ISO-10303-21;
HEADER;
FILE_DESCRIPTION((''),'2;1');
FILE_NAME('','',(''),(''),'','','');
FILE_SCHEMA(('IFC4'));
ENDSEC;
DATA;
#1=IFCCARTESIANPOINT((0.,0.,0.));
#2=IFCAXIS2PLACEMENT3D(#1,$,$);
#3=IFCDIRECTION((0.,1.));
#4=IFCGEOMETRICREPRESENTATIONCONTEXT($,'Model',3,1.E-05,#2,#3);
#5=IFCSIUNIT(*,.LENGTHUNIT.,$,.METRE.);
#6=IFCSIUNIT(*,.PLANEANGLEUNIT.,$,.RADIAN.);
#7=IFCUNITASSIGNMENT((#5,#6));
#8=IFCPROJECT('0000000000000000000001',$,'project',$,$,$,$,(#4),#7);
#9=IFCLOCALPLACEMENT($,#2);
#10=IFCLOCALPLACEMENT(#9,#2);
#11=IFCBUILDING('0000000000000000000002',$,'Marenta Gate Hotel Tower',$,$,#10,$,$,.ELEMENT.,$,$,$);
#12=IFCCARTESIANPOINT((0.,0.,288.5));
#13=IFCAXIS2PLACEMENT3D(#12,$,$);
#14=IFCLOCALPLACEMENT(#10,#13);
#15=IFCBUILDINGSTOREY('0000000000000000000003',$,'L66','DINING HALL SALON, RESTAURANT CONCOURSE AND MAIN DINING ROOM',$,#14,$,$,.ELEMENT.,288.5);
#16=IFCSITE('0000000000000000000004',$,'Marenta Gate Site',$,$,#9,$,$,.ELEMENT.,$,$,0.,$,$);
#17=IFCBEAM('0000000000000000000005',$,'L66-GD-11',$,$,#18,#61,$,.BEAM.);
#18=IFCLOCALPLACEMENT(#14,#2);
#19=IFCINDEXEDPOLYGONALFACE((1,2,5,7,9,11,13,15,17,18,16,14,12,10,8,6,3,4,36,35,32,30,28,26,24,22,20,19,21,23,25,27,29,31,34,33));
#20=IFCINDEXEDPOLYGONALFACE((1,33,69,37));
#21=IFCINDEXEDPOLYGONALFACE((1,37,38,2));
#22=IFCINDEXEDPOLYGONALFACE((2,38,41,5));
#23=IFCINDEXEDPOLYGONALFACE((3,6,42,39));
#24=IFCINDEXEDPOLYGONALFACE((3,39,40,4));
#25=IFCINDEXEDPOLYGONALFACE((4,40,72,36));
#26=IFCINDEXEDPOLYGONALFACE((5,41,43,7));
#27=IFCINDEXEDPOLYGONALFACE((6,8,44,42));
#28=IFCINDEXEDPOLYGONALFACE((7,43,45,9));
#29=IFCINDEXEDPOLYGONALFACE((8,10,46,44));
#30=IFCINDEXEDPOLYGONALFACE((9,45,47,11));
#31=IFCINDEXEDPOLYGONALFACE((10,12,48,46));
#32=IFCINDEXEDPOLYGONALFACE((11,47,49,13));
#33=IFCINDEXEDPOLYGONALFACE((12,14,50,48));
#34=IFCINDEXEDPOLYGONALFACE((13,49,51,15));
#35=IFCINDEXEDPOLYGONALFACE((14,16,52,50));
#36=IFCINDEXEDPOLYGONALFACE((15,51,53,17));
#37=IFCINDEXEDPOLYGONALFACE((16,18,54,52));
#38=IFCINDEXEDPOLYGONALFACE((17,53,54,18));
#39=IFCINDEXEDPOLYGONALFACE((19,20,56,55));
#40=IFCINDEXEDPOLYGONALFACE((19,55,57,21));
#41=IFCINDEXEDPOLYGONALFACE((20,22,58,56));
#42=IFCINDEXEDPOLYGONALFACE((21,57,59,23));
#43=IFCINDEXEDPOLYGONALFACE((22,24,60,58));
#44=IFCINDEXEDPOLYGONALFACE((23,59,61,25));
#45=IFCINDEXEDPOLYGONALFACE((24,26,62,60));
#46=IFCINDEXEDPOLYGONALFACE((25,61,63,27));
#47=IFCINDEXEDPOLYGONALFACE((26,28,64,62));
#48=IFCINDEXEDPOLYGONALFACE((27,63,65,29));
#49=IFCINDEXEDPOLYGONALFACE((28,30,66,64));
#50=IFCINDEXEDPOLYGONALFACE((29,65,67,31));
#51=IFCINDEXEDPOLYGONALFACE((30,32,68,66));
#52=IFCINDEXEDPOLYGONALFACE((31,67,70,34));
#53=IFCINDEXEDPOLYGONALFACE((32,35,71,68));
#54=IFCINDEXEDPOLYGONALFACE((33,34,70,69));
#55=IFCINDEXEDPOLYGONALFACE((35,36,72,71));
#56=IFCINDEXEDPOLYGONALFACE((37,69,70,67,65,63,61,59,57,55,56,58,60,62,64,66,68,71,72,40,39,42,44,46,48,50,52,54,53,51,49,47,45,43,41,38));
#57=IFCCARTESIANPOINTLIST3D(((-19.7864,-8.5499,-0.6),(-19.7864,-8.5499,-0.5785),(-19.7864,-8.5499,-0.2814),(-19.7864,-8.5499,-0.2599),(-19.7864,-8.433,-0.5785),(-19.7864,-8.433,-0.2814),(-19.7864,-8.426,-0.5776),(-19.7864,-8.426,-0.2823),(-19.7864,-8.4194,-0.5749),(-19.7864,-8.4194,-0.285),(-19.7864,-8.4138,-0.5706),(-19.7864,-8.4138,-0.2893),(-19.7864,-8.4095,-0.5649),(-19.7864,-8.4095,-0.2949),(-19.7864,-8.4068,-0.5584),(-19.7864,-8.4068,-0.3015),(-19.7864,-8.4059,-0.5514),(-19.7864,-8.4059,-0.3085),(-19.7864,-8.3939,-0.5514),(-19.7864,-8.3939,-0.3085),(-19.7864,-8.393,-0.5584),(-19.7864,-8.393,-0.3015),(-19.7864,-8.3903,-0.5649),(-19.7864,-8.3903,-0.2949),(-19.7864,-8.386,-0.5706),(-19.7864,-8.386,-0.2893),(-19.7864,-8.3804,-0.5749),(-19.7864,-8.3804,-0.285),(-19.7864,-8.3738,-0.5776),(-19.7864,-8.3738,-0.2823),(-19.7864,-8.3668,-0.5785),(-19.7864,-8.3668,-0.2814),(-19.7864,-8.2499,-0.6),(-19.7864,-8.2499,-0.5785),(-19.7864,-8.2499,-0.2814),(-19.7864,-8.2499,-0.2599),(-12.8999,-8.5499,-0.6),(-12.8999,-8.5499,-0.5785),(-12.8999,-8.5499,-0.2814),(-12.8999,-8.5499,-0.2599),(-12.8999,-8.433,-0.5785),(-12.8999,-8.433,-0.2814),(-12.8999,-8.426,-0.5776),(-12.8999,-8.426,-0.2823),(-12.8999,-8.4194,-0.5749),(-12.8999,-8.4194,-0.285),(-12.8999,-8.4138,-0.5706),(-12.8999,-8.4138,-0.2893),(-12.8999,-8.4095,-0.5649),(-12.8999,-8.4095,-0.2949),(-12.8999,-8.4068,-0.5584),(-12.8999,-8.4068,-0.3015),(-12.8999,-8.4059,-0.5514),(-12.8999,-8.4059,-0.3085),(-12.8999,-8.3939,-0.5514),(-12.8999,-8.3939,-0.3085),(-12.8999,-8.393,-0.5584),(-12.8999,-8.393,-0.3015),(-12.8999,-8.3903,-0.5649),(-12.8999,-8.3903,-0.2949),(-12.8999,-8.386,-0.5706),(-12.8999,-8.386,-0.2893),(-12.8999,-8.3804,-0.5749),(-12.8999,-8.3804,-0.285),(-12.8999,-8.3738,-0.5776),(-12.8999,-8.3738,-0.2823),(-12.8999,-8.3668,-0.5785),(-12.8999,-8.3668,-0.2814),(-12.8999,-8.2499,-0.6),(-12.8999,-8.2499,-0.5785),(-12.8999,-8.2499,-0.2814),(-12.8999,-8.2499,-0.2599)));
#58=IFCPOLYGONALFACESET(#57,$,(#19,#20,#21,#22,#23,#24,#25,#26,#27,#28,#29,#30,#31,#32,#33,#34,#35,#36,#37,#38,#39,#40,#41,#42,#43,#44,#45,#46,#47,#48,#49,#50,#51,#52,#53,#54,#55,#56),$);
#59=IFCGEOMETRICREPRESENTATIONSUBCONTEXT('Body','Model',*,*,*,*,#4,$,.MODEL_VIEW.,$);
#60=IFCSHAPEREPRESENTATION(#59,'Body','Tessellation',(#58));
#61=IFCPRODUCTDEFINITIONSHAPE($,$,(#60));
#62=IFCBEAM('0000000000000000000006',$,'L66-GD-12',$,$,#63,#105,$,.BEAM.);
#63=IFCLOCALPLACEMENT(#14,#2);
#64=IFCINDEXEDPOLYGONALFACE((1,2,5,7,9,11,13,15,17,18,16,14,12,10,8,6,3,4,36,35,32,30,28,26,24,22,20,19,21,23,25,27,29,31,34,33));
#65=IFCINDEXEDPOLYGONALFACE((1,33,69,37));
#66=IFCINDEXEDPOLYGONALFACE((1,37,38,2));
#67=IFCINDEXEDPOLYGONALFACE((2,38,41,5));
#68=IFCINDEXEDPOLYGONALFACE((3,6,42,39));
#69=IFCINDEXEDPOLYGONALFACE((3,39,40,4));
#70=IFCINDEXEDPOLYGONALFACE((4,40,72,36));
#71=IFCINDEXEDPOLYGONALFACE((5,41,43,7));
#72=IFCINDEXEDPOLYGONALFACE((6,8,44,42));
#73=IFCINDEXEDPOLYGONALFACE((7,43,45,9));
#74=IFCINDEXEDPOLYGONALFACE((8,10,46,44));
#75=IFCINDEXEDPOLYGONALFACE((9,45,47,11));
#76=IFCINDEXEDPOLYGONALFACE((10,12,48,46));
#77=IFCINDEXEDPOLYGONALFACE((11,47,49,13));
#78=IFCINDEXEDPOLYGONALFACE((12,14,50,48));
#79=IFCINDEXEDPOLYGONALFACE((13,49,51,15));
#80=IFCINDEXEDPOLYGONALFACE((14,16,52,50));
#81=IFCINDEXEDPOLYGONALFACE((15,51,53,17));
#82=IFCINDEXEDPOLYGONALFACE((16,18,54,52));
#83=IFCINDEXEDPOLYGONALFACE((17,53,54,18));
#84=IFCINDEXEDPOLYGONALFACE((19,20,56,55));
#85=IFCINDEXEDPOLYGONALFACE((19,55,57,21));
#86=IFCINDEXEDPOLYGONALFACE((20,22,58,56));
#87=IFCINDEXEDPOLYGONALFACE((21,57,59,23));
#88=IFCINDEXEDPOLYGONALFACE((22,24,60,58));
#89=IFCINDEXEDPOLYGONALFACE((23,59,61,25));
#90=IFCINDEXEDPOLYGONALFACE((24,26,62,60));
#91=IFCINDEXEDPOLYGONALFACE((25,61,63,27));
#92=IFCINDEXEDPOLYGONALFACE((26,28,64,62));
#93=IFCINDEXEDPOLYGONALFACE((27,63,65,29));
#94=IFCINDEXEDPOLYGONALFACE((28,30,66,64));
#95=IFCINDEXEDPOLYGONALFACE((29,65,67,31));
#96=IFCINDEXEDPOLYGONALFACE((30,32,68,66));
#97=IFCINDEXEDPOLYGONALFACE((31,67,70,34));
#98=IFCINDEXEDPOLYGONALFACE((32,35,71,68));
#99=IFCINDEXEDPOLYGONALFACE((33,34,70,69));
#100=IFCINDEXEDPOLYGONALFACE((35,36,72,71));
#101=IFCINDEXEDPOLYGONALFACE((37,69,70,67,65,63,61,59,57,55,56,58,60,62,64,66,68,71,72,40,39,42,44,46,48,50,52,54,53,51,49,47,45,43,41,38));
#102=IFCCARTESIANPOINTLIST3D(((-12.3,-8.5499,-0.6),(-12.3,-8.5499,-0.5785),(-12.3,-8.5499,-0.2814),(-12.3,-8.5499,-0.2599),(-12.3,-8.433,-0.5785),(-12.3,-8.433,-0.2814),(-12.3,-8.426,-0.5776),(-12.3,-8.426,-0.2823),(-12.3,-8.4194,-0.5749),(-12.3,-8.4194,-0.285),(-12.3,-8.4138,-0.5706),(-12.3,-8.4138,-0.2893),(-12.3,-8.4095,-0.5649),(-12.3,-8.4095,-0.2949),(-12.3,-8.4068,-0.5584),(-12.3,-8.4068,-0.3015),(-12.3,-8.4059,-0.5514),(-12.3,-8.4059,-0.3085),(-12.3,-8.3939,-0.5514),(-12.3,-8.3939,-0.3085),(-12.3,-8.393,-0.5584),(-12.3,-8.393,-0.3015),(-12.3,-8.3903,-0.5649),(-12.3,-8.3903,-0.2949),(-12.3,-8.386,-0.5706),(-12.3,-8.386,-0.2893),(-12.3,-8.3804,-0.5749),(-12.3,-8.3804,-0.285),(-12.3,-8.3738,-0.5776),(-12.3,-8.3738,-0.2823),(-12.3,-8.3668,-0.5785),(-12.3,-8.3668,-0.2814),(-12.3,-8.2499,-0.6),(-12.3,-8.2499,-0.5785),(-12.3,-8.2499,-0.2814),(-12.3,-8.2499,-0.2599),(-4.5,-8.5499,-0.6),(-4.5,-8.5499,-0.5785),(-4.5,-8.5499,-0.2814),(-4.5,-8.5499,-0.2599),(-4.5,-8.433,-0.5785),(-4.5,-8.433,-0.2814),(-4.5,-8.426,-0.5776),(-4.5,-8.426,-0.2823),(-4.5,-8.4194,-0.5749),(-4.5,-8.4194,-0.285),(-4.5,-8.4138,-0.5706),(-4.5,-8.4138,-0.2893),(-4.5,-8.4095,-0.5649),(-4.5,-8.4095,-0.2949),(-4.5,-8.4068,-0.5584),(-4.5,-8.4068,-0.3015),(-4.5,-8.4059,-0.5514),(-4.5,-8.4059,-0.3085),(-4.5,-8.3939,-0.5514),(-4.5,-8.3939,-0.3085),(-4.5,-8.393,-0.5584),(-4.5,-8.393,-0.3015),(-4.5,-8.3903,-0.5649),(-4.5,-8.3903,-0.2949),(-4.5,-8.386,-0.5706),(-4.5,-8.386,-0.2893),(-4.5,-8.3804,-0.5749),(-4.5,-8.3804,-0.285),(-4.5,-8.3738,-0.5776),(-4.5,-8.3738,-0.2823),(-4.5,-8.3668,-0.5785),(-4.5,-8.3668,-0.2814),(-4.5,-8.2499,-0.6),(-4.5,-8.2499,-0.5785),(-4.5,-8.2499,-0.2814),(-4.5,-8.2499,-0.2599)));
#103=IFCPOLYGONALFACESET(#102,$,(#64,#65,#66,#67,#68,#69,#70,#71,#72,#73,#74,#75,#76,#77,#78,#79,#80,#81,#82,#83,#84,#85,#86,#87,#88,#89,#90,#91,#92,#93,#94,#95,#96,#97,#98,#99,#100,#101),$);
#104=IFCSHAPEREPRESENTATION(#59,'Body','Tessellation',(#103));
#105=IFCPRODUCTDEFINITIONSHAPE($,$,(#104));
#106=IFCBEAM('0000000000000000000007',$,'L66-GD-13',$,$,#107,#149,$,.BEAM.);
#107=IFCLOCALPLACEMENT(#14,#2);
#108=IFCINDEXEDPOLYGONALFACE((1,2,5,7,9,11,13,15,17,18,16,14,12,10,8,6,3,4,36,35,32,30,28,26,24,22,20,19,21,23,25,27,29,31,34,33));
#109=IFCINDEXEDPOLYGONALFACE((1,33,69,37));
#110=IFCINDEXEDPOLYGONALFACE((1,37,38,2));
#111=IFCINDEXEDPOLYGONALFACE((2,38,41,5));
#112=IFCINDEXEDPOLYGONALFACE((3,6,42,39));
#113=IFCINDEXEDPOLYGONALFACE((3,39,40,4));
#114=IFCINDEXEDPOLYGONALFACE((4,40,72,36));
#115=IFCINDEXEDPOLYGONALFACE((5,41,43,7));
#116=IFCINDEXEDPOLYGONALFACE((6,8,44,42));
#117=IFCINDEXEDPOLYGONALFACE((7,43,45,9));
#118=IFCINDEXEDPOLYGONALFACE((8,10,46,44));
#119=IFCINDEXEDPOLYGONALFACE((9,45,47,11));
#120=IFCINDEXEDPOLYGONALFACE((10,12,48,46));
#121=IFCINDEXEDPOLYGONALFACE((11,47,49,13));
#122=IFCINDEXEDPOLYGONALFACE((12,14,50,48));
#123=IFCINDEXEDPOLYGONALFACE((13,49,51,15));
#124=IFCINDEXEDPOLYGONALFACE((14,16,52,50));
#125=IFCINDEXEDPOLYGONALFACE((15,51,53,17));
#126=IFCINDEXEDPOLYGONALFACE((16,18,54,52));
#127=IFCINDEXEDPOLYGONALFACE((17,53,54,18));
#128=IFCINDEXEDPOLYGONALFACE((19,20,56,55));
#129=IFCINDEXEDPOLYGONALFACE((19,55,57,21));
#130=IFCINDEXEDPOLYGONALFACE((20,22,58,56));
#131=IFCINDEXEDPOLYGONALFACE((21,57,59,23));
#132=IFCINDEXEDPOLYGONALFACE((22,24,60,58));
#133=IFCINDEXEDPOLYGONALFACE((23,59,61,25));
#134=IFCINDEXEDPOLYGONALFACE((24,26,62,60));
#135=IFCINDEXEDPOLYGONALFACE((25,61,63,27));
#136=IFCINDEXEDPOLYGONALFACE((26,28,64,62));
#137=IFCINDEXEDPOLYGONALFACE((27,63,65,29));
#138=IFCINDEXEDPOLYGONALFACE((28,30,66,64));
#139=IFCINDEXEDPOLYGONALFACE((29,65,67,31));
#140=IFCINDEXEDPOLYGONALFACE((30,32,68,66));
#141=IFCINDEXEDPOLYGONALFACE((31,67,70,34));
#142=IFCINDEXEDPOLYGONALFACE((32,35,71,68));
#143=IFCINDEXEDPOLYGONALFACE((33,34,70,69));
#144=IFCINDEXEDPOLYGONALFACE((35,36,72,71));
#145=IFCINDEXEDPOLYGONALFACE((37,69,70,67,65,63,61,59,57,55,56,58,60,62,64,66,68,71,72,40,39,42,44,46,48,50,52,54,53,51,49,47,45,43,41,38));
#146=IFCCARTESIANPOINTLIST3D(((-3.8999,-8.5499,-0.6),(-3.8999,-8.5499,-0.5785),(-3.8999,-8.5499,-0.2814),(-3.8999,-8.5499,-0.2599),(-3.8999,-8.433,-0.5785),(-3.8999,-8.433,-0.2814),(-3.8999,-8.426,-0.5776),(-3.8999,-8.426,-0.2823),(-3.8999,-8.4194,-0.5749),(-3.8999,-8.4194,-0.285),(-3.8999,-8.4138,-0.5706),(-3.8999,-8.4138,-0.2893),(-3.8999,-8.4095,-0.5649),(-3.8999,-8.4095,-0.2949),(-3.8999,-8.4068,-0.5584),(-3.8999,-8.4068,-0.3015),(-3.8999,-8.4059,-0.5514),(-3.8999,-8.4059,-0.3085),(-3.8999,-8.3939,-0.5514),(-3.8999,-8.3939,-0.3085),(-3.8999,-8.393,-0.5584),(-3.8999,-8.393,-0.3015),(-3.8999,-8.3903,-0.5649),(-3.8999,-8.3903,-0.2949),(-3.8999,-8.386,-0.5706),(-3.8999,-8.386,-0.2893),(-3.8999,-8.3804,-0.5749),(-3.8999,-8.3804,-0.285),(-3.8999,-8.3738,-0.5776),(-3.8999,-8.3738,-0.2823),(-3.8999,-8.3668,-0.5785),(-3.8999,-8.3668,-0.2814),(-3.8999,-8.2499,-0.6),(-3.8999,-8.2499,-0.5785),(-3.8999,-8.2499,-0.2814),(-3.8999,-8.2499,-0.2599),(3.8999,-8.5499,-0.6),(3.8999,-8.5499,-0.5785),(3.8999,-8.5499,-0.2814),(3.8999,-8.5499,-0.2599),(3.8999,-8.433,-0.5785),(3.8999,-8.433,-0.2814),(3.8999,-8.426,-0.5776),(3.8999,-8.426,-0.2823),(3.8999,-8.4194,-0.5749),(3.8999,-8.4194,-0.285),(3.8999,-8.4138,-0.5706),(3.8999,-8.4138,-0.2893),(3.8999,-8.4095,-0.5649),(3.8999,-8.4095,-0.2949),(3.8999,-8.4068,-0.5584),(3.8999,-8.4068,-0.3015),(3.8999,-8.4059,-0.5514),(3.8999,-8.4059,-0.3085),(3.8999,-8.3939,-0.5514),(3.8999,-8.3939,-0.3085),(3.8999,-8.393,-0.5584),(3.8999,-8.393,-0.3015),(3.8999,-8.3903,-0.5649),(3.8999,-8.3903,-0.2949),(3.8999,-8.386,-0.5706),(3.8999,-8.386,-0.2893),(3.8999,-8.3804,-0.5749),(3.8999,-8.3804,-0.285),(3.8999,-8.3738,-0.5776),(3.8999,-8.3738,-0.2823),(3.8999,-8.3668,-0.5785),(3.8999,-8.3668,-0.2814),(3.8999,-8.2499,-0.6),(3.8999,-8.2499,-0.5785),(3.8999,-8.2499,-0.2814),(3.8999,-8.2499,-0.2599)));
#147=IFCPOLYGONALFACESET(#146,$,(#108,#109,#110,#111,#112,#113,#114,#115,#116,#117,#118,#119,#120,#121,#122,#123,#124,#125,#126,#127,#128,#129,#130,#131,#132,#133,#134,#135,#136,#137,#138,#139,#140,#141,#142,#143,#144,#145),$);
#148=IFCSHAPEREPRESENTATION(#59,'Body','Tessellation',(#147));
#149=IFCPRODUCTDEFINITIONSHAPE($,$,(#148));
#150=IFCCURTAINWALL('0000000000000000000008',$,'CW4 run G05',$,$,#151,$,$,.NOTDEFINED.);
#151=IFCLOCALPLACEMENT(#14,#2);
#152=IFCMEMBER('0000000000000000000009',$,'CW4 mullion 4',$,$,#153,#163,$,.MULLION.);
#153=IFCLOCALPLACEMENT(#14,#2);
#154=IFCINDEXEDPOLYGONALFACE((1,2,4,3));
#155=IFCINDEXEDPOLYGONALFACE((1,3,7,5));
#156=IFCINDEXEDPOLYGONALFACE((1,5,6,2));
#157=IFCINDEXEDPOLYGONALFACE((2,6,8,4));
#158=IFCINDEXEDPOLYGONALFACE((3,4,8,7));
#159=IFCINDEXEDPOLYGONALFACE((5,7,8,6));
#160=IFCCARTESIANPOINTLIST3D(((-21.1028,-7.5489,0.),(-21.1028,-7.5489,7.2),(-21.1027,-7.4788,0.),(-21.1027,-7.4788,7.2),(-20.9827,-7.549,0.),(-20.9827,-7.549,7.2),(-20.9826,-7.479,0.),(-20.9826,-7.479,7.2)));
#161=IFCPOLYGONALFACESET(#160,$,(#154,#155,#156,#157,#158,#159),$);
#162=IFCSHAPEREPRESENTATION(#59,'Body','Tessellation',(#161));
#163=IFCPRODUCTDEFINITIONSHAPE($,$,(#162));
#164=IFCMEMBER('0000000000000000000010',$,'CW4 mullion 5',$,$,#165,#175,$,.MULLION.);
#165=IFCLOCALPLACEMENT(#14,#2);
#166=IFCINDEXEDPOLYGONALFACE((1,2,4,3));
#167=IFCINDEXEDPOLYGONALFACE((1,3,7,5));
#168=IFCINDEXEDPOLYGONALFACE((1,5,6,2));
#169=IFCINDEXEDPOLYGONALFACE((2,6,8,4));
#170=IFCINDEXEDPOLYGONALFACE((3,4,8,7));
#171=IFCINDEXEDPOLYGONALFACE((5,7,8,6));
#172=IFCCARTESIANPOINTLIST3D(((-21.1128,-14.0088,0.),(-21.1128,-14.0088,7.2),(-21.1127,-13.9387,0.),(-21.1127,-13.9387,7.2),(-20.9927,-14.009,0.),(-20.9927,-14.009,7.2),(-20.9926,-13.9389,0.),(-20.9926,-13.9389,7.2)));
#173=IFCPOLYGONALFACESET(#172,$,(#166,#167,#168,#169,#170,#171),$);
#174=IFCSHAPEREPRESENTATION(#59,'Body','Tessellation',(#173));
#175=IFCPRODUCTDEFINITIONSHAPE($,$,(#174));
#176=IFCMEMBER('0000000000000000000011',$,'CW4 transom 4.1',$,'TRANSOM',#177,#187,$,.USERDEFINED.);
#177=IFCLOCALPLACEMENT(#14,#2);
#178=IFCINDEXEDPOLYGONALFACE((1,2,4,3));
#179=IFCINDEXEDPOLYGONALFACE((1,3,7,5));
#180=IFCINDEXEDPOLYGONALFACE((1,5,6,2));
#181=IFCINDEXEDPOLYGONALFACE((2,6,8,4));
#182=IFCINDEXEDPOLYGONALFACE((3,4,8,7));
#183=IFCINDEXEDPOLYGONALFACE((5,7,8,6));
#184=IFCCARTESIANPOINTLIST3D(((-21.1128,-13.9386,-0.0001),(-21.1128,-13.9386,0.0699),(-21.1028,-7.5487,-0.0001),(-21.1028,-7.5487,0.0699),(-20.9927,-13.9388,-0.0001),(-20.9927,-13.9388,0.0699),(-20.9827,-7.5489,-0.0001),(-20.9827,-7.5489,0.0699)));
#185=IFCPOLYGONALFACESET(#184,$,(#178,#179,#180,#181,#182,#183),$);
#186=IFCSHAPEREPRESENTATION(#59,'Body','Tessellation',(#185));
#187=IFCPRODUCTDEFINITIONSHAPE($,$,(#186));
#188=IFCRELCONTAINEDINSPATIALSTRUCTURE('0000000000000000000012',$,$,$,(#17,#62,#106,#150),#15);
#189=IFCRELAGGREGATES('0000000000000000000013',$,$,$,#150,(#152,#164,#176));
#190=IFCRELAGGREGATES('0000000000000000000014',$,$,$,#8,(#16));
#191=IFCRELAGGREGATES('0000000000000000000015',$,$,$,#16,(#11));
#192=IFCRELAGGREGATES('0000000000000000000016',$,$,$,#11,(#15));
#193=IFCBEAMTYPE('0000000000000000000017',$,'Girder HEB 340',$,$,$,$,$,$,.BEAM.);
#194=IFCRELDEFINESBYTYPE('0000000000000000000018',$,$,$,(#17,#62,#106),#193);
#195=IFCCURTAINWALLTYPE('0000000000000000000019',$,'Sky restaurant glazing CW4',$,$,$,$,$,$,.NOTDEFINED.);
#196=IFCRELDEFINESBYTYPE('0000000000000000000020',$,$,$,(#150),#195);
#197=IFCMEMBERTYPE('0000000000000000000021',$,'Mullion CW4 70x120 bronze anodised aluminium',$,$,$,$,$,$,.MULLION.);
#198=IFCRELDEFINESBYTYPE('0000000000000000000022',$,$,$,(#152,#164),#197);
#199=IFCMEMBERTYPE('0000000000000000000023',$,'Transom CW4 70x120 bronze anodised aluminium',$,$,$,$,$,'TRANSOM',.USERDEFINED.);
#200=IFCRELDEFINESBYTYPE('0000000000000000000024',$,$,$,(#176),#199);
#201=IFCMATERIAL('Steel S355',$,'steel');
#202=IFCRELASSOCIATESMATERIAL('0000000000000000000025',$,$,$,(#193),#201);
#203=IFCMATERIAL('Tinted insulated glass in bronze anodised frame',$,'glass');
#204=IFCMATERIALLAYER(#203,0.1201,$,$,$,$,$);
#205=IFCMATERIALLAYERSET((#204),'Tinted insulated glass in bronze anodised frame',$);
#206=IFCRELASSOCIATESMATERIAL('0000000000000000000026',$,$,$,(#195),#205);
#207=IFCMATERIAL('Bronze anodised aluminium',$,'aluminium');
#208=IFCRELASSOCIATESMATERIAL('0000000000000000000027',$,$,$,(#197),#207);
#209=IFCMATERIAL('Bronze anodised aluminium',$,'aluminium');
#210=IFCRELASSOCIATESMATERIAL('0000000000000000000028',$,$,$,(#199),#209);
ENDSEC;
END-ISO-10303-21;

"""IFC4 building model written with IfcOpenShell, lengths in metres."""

from ifc_helpers import new_model, si_unit, direction, frame, origin, origin_2d, place, context, subcontext, project, spatial, rectangle, i_section, extrude, material, layer, layer_set, material_profile, profile_set, type_object, element, aggregate, save


model = new_model("IFC4")

# Units and contexts
model_context = context("Model", 3, precision=1e-05, world=origin(), true_north=direction((0.0, 1.0)))
body_context = subcontext(model_context, "Body", "Model", "MODEL_VIEW")
ifc_project = project(units=[si_unit("LENGTHUNIT", "METRE"), si_unit("PLANEANGLEUNIT", "RADIAN")], contexts=[model_context])

# Site, building, storey
site_placement = place(None, origin())
site = spatial("IfcSite", under=ifc_project, at=site_placement, Name="Marenta Gate Site", CompositionType="ELEMENT", RefElevation=0.0)
building_placement = place(site_placement, origin())
building = spatial("IfcBuilding", under=site, at=building_placement, Name="Marenta Gate Hotel Tower", CompositionType="ELEMENT")
storey_placement = place(building_placement, frame((0.0, 0.0, 288.5)))
storey = spatial("IfcBuildingStorey", under=building, at=storey_placement, Name="L66", Description="DINING HALL SALON, RESTAURANT CONCOURSE AND MAIN DINING ROOM", CompositionType="ELEMENT", Elevation=288.5)

# Beams
ifc_material_1 = material(Name="Steel S355", Category="steel")
ifc_material_profile_1 = material_profile(ifc_material_1, i_section(OverallWidth=0.3, OverallDepth=0.3401, WebThickness=0.012, FlangeThickness=0.0215, FilletRadius=0.0271, at=origin_2d()), Name="HEB 340")
ifc_profile_set_1 = profile_set([ifc_material_profile_1], Name="Steel S355")
beam_type_1 = type_object("IfcBeamType", Name="Girder HEB 340", PredefinedType="BEAM", material=ifc_profile_set_1)
beam_1_placement = place(storey_placement, frame((-19.7864, -8.3999, -0.4299), z_axis=(1.0, 0.0, 0.0), x_axis=(0.0, 1.0, 0.0)))
element("IfcBeam", 1, at=beam_1_placement, inside=storey, type_object=beam_type_1, Name="L66-GD-11", PredefinedType="BEAM", context=body_context, shape_type="SweptSolid", body=[
    extrude(i_section(OverallWidth=0.3, OverallDepth=0.3401, WebThickness=0.012, FlangeThickness=0.0215, FilletRadius=0.0271, at=origin_2d()), origin(), (0.0, 0.0, 1.0), 6.8865),
])
beam_2_placement = place(storey_placement, frame((-12.3, -8.3999, -0.4299), z_axis=(1.0, 0.0, 0.0), x_axis=(0.0, 1.0, 0.0)))
element("IfcBeam", 2, at=beam_2_placement, inside=storey, type_object=beam_type_1, Name="L66-GD-12", PredefinedType="BEAM", context=body_context, shape_type="SweptSolid", body=[
    extrude(i_section(OverallWidth=0.3, OverallDepth=0.3401, WebThickness=0.012, FlangeThickness=0.0215, FilletRadius=0.0271, at=origin_2d()), origin(), (0.0, 0.0, 1.0), 7.8),
])
beam_3_placement = place(storey_placement, frame((-3.8999, -8.3999, -0.4299), z_axis=(1.0, 0.0, 0.0), x_axis=(0.0, 1.0, 0.0)))
element("IfcBeam", 3, at=beam_3_placement, inside=storey, type_object=beam_type_1, Name="L66-GD-13", PredefinedType="BEAM", context=body_context, shape_type="SweptSolid", body=[
    extrude(i_section(OverallWidth=0.3, OverallDepth=0.3401, WebThickness=0.012, FlangeThickness=0.0215, FilletRadius=0.0271, at=origin_2d()), origin(), (0.0, 0.0, 1.0), 7.7998),
])

# Curtain wall, members
ifc_material_2 = material(Name="Tinted insulated glass in bronze anodised frame", Category="glass")
ifc_layer_1 = layer(ifc_material_2, 0.1201)
ifc_layer_set_1 = layer_set([ifc_layer_1], Name="Tinted insulated glass in bronze anodised frame")
curtain_wall_type = type_object("IfcCurtainWallType", Name="Sky restaurant glazing CW4", PredefinedType="NOTDEFINED", material=ifc_layer_set_1)
curtain_wall_placement = place(storey_placement, origin())
curtain_wall = element("IfcCurtainWall", 4, at=curtain_wall_placement, inside=storey, type_object=curtain_wall_type, Name="CW4 run G05", PredefinedType="NOTDEFINED")
ifc_material_3 = material(Name="Bronze anodised aluminium", Category="aluminium")
ifc_material_profile_2 = material_profile(ifc_material_3, rectangle(XDim=0.1201, YDim=0.0701, at=origin_2d()), Name="Mullion CW4 70x120 bronze anodised aluminium")
ifc_profile_set_2 = profile_set([ifc_material_profile_2], Name="Bronze anodised aluminium")
member_type_1 = type_object("IfcMemberType", Name="Mullion CW4 70x120 bronze anodised aluminium", PredefinedType="MULLION", material=ifc_profile_set_2)
member_1_placement = place(storey_placement, frame((-21.0427, -7.5139, 0.0), z_axis=(0.0, 0.0, 1.0), x_axis=(0.999999, -0.001566, 0.0)))
member_1 = element("IfcMember", 5, at=member_1_placement, type_object=member_type_1, Name="CW4 mullion 4", PredefinedType="MULLION", context=body_context, shape_type="SweptSolid", body=[
    extrude(rectangle(XDim=0.1201, YDim=0.0701, at=origin_2d()), origin(), (0.0, 0.0, 1.0), 7.2),
])
member_2_placement = place(storey_placement, frame((-21.0527, -13.9739, 0.0), z_axis=(0.0, 0.0, 1.0), x_axis=(0.999999, -0.001566, 0.0)))
member_2 = element("IfcMember", 6, at=member_2_placement, type_object=member_type_1, Name="CW4 mullion 5", PredefinedType="MULLION", context=body_context, shape_type="SweptSolid", body=[
    extrude(rectangle(XDim=0.1201, YDim=0.0701, at=origin_2d()), origin(), (0.0, 0.0, 1.0), 7.2),
])
ifc_material_4 = material(Name="Bronze anodised aluminium", Category="aluminium")
ifc_material_profile_3 = material_profile(ifc_material_4, rectangle(XDim=0.1201, YDim=0.0701, at=origin_2d()), Name="Transom CW4 70x120 bronze anodised aluminium")
ifc_profile_set_3 = profile_set([ifc_material_profile_3], Name="Bronze anodised aluminium")
member_type_2 = type_object("IfcMemberType", Name="Transom CW4 70x120 bronze anodised aluminium", ElementType="TRANSOM", PredefinedType="USERDEFINED", material=ifc_profile_set_3)
member_3_placement = place(storey_placement, frame((-21.0427, -7.5488, 0.0349), z_axis=(-0.001566, -0.999999, 0.0), x_axis=(0.999999, -0.001566, 0.0)))
member_3 = element("IfcMember", 7, at=member_3_placement, type_object=member_type_2, Name="CW4 transom 4.1", ObjectType="TRANSOM", PredefinedType="USERDEFINED", context=body_context, shape_type="SweptSolid", body=[
    extrude(rectangle(XDim=0.1201, YDim=0.0701, at=origin_2d()), origin(), (0.0, 0.0, 1.0), 6.3899),
])
aggregate(curtain_wall, [member_1, member_2, member_3])

save(model, "model.ifc")
